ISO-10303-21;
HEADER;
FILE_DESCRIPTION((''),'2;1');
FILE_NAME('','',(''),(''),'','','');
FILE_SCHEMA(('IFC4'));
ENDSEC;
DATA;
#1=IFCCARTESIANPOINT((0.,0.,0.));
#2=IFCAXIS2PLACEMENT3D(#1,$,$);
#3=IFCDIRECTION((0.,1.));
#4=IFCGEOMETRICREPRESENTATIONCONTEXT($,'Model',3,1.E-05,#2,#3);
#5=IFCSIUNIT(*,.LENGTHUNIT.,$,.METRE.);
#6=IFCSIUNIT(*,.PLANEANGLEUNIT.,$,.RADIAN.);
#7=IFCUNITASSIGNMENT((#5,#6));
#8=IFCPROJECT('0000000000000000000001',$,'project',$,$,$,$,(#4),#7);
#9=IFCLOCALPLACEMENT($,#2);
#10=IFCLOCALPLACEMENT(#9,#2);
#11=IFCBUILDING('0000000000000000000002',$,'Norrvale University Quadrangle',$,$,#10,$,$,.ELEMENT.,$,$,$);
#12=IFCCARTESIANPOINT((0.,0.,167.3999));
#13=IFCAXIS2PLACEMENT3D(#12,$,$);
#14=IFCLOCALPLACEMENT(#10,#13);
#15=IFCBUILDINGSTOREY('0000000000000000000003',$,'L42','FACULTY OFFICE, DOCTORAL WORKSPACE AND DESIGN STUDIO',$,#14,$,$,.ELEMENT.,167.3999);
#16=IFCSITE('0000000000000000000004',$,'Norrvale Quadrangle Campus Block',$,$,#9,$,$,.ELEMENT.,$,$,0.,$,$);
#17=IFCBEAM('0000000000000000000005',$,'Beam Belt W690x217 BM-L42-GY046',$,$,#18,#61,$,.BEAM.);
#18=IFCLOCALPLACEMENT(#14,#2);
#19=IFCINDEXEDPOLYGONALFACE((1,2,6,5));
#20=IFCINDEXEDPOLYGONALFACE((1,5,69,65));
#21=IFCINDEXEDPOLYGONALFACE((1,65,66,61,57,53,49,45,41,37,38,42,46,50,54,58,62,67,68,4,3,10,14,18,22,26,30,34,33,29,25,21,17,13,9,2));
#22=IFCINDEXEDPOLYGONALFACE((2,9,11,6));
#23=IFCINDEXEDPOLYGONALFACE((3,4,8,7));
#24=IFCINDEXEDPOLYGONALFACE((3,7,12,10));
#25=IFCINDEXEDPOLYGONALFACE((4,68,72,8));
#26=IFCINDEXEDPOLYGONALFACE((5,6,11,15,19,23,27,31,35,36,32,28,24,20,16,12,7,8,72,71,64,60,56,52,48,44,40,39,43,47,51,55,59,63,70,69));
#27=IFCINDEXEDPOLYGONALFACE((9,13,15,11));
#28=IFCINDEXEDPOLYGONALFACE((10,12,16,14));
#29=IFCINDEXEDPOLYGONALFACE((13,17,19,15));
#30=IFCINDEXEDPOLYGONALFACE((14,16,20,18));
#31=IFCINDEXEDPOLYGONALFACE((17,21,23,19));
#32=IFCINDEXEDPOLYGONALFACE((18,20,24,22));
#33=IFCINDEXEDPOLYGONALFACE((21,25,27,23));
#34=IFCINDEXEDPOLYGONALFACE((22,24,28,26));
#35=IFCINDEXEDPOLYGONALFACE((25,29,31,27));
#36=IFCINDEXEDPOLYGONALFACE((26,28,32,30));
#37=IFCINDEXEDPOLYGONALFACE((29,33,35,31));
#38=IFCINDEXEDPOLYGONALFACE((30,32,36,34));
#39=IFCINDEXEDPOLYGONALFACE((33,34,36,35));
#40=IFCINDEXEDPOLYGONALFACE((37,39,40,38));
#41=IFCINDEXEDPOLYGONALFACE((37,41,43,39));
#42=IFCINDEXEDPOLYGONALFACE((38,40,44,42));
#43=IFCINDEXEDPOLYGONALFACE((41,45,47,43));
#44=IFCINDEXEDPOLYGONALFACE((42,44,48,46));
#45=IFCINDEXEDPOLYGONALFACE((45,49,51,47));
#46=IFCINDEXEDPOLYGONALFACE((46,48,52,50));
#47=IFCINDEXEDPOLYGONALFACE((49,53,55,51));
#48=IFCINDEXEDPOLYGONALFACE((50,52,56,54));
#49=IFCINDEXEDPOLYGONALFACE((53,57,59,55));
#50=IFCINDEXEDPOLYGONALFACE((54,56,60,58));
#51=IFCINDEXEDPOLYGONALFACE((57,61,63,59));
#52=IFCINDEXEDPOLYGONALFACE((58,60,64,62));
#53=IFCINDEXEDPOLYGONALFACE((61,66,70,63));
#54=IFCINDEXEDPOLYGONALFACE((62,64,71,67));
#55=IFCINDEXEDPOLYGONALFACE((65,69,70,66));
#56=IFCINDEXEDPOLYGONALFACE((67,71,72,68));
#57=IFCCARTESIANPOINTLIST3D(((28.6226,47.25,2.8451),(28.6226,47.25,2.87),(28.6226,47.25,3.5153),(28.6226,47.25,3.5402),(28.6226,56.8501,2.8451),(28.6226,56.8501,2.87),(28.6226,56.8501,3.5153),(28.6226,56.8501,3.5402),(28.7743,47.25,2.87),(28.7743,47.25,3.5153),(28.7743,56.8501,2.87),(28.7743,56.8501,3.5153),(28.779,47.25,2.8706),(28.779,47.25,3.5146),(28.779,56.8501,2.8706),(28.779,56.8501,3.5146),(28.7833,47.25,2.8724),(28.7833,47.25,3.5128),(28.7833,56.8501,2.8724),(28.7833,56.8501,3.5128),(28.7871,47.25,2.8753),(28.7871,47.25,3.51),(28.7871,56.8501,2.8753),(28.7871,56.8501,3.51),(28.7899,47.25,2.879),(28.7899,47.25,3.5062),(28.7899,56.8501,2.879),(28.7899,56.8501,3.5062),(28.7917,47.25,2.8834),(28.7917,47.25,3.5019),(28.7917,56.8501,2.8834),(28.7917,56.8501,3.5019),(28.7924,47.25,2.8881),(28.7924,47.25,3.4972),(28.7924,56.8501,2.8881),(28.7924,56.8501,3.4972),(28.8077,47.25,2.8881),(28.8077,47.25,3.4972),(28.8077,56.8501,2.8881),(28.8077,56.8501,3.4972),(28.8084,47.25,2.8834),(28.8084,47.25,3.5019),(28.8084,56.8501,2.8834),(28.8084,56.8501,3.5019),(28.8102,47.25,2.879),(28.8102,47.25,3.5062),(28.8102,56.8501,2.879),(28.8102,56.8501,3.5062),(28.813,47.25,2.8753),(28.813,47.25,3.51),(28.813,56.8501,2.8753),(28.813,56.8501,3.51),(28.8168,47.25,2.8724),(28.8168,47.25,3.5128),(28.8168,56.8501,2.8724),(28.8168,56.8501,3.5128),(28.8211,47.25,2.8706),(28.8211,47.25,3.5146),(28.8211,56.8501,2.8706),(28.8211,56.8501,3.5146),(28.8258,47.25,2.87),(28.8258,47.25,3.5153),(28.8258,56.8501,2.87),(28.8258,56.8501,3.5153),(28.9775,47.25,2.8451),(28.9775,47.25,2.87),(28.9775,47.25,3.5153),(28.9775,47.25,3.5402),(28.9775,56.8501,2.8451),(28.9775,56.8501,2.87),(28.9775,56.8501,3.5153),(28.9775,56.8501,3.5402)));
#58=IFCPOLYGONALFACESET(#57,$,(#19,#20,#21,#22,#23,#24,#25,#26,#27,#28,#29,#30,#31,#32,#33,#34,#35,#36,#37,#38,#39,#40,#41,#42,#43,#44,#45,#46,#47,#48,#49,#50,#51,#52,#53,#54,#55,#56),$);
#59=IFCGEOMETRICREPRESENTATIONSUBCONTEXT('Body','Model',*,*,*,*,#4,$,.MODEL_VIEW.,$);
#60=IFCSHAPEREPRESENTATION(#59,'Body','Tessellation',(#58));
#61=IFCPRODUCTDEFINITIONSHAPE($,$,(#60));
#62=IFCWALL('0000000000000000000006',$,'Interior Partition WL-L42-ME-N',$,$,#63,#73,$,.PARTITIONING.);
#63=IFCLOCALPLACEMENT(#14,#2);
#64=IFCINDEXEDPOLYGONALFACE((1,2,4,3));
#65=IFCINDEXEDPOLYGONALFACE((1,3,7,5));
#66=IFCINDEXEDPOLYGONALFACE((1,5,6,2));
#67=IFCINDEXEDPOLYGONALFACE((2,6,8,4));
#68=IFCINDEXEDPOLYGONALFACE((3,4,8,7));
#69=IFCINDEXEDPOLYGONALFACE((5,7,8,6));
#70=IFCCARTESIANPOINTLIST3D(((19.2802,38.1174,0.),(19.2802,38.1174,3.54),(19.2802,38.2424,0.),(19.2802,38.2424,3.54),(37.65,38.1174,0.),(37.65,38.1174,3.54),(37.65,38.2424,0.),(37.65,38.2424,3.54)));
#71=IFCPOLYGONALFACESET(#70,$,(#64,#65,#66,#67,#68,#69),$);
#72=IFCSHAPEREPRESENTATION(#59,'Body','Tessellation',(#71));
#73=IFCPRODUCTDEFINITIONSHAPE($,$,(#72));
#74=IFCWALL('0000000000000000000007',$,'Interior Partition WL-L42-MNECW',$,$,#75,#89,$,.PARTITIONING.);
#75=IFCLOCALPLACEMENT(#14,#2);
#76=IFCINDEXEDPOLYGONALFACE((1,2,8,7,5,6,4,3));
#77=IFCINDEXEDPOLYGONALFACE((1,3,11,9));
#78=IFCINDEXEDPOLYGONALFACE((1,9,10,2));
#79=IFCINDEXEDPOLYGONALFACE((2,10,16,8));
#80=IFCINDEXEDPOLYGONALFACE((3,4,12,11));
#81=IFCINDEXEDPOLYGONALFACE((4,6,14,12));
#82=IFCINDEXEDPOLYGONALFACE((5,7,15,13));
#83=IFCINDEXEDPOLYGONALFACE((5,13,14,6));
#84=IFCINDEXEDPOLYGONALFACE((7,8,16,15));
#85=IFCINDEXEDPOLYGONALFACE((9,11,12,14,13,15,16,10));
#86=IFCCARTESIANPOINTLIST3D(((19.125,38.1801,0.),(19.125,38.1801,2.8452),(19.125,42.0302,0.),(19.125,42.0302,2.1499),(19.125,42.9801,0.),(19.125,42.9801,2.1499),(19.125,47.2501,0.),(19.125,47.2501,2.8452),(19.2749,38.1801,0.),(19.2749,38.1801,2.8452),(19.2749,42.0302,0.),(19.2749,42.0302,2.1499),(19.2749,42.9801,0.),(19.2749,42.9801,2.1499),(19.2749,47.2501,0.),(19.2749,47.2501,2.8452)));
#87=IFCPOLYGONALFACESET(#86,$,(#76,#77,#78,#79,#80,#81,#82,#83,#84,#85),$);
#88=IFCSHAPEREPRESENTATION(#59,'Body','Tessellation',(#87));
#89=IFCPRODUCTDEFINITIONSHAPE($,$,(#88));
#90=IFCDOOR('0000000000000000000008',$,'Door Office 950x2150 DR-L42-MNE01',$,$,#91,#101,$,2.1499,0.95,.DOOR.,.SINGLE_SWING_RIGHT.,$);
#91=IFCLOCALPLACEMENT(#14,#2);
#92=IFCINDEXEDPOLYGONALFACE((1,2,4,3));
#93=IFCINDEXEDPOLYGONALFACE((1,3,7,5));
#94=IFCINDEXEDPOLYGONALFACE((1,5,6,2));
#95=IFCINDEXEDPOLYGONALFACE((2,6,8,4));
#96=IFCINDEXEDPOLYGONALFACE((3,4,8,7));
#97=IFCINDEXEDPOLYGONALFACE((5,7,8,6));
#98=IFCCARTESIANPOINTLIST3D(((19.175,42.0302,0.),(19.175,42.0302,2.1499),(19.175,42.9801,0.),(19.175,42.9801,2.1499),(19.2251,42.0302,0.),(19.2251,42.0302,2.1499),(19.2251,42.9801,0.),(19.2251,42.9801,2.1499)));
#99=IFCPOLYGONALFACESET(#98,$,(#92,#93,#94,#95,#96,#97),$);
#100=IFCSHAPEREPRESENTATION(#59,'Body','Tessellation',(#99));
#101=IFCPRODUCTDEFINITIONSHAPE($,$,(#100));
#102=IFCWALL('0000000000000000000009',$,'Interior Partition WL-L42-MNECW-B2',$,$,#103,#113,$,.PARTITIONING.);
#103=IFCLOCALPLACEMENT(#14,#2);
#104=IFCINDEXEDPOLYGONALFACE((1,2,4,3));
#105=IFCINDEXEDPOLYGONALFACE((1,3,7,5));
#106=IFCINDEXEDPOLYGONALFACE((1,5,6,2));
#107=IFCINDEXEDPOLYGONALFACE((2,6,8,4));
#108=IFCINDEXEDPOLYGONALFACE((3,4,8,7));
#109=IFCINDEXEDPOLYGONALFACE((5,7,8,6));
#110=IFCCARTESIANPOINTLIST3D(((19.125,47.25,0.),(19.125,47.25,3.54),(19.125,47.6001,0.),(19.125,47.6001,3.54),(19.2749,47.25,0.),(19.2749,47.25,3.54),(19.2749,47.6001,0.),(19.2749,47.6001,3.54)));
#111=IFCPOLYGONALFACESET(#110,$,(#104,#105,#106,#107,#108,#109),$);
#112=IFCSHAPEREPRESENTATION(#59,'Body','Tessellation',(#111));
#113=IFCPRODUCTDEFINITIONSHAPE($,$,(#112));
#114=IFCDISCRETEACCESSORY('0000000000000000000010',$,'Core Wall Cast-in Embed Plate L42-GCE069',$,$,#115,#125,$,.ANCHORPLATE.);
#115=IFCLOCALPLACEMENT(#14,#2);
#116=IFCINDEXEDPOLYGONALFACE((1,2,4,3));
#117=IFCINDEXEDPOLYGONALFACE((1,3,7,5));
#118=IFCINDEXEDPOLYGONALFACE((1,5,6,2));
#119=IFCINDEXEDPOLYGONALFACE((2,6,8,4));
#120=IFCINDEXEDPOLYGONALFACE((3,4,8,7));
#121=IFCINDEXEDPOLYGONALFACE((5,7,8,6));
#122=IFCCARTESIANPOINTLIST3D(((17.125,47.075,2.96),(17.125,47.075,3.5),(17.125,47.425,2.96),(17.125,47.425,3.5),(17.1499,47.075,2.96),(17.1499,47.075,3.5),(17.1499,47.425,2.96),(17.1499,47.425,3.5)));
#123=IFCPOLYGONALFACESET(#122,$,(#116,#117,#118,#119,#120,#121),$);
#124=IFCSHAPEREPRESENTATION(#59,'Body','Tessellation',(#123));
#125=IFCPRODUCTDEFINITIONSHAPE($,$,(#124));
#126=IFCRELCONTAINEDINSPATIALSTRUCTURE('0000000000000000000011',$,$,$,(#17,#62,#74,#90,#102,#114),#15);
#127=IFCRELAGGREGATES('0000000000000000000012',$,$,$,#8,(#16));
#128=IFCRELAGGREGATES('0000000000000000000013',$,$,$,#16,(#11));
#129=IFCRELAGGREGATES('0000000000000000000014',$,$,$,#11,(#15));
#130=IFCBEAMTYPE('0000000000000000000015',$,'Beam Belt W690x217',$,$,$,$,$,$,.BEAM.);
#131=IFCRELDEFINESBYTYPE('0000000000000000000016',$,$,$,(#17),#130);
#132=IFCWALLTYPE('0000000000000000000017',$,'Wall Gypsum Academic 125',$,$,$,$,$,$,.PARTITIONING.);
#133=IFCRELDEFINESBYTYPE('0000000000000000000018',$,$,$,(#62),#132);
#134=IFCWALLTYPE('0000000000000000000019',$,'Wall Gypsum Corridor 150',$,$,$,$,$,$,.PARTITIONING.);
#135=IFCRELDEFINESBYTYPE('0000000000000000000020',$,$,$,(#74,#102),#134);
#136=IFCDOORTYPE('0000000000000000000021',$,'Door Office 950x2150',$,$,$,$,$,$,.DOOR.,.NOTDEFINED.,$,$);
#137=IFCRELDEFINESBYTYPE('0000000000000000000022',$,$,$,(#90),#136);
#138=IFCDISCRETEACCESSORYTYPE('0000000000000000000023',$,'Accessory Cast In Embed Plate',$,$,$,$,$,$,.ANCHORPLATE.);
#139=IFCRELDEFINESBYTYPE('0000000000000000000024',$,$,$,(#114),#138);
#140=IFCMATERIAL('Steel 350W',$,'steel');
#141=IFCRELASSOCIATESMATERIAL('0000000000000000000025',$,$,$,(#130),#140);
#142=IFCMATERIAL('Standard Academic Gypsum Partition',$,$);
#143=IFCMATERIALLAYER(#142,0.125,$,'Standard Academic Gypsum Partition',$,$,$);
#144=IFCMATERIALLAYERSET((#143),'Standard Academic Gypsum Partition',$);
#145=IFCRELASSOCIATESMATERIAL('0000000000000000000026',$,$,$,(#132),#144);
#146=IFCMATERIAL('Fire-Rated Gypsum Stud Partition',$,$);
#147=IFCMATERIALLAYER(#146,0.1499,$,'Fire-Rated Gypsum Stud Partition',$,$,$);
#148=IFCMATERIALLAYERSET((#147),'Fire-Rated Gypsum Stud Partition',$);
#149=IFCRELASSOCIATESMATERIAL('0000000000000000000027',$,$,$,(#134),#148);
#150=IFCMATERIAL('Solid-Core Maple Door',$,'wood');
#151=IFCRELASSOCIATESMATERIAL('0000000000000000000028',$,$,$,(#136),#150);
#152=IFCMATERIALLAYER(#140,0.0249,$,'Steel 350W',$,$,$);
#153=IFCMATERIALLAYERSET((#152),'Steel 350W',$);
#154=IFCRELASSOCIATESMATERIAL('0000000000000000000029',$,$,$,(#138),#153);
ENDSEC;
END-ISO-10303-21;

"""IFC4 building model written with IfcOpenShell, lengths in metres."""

from ifc_helpers import new_model, si_unit, direction, frame, frame_2d, origin, origin_2d, place, context, subcontext, project, spatial, rectangle, i_section, extrude, material, layer, layer_set, material_profile, profile_set, type_object, element, fill, save


model = new_model("IFC4")

# Units and contexts
model_context = context("Model", 3, precision=1e-05, world=origin(), true_north=direction((0.0, 1.0)))
body_context = subcontext(model_context, "Body", "Model", "MODEL_VIEW")
ifc_project = project(units=[si_unit("LENGTHUNIT", "METRE"), si_unit("PLANEANGLEUNIT", "RADIAN")], contexts=[model_context])

# Site, building, storey
site_placement = place(None, origin())
site = spatial("IfcSite", under=ifc_project, at=site_placement, Name="Norrvale Quadrangle Campus Block", CompositionType="ELEMENT", RefElevation=0.0)
building_placement = place(site_placement, origin())
building = spatial("IfcBuilding", under=site, at=building_placement, Name="Norrvale University Quadrangle", CompositionType="ELEMENT")
storey_placement = place(building_placement, frame((0.0, 0.0, 167.3999)))
storey = spatial("IfcBuildingStorey", under=building, at=storey_placement, Name="L42", Description="FACULTY OFFICE, DOCTORAL WORKSPACE AND DESIGN STUDIO", CompositionType="ELEMENT", Elevation=167.3999)

# Beam
ifc_material_1 = material(Name="Steel 350W", Category="steel")
ifc_material_profile_1 = material_profile(ifc_material_1, i_section(OverallWidth=0.355, OverallDepth=0.6951, WebThickness=0.0154, FlangeThickness=0.0249, FilletRadius=0.0181, at=origin_2d()), Name="Steel 350W")
ifc_profile_set_1 = profile_set([ifc_material_profile_1], Name="Steel 350W")
beam_type = type_object("IfcBeamType", Name="Beam Belt W690x217", PredefinedType="BEAM", material=ifc_profile_set_1)
for number, where, z_axis, x_axis, name in (
    (1, (28.8, 47.25, 3.1926), (0.0, 1.0, 0.0), (-1.0, 0.0, 0.0), "Beam Belt W690x217 BM-L42-GY046"),
):
    element("IfcBeam", number, at=place(storey_placement, frame(where, z_axis=z_axis, x_axis=x_axis)), inside=storey, type_object=beam_type, Name=name, PredefinedType="BEAM", context=body_context, shape_type="SweptSolid", body=[
        extrude(i_section(OverallWidth=0.355, OverallDepth=0.6951, WebThickness=0.0154, FlangeThickness=0.0249, FilletRadius=0.0181, at=origin_2d()), origin(), (0.0, 0.0, 1.0), 9.6001),
    ])

# Wall
ifc_material_2 = material(Name="Standard Academic Gypsum Partition")
ifc_layer_1 = layer(ifc_material_2, 0.125, Name="Standard Academic Gypsum Partition")
ifc_layer_set_1 = layer_set([ifc_layer_1], Name="Standard Academic Gypsum Partition")
wall_type_1 = type_object("IfcWallType", Name="Wall Gypsum Academic 125", PredefinedType="PARTITIONING", material=ifc_layer_set_1)
wall_1_placement = place(storey_placement, frame((19.28, 38.1799, 0.0), z_axis=(0.0, 0.0, 1.0), x_axis=(1.0, 0.0, 0.0)))
element("IfcWall", 2, at=wall_1_placement, inside=storey, type_object=wall_type_1, Name="Interior Partition WL-L42-ME-N", PredefinedType="PARTITIONING", context=body_context, shape_type="SweptSolid", body=[
    extrude(rectangle(XDim=18.3699, YDim=0.125, at=frame_2d((9.1851, 0.0))), origin(), (0.0, 0.0, 1.0), 3.54),
])

# Wall, opening, door
ifc_material_3 = material(Name="Fire-Rated Gypsum Stud Partition")
ifc_layer_2 = layer(ifc_material_3, 0.1499, Name="Fire-Rated Gypsum Stud Partition")
ifc_layer_set_2 = layer_set([ifc_layer_2], Name="Fire-Rated Gypsum Stud Partition")
wall_type_2 = type_object("IfcWallType", Name="Wall Gypsum Corridor 150", PredefinedType="PARTITIONING", material=ifc_layer_set_2)
wall_2_placement = place(storey_placement, frame((19.2, 38.1799, 0.0), z_axis=(0.0, 0.0, 1.0), x_axis=(0.0, 1.0, 0.0)))
wall_2 = element("IfcWall", 3, at=wall_2_placement, inside=storey, type_object=wall_type_2, Name="Interior Partition WL-L42-MNECW", PredefinedType="PARTITIONING", context=body_context, shape_type="SweptSolid", body=[
    extrude(rectangle(XDim=9.0701, YDim=0.1499, at=frame_2d((4.5352, 0.0))), origin(), (0.0, 0.0, 1.0), 2.8452),
])
opening_placement = place(wall_2_placement, frame((3.8501, 0.0, 0.0)))
opening = element("IfcOpeningElement", 4, at=opening_placement, cuts=wall_2, PredefinedType="OPENING", context=body_context, shape_type="SweptSolid", body=[
    extrude(rectangle(XDim=0.95, YDim=2.1499, at=frame_2d((0.4751, 1.075))), frame((0.0, 0.0869, 0.0), z_axis=(0.0, -1.0, 0.0), x_axis=(1.0, 0.0, 0.0)), (0.0, 0.0, 1.0), 0.1738),
])
ifc_material_4 = material(Name="Solid-Core Maple Door", Category="wood")
door_type = type_object("IfcDoorType", Name="Door Office 950x2150", OperationType="NOTDEFINED", PredefinedType="DOOR", material=ifc_material_4)
door_placement = place(opening_placement, origin())
door = element("IfcDoor", 5, at=door_placement, inside=storey, type_object=door_type, Name="Door Office 950x2150 DR-L42-MNE01", OperationType="SINGLE_SWING_RIGHT", OverallHeight=2.1499, OverallWidth=0.95, PredefinedType="DOOR", context=body_context, shape_type="SweptSolid", body=[
    extrude(rectangle(XDim=0.95, YDim=2.1499, at=frame_2d((0.4751, 1.075))), frame((0.0, 0.0249, 0.0), z_axis=(0.0, -1.0, 0.0), x_axis=(1.0, 0.0, 0.0)), (0.0, 0.0, 1.0), 0.05),
])
fill(opening, door)

# Wall
wall_3_placement = place(storey_placement, frame((19.2, 47.25, 0.0), z_axis=(0.0, 0.0, 1.0), x_axis=(0.0, 1.0, 0.0)))
element("IfcWall", 6, at=wall_3_placement, inside=storey, type_object=wall_type_2, Name="Interior Partition WL-L42-MNECW-B2", PredefinedType="PARTITIONING", context=body_context, shape_type="SweptSolid", body=[
    extrude(rectangle(XDim=0.3501, YDim=0.1499, at=frame_2d((0.175, 0.0))), origin(), (0.0, 0.0, 1.0), 3.54),
])

# Discrete accessory
ifc_layer_3 = layer(ifc_material_1, 0.0249, Name="Steel 350W")
ifc_layer_set_3 = layer_set([ifc_layer_3], Name="Steel 350W")
discrete_accessory_type = type_object("IfcDiscreteAccessoryType", Name="Accessory Cast In Embed Plate", PredefinedType="ANCHORPLATE", material=ifc_layer_set_3)
discrete_accessory_placement = place(storey_placement, frame((17.1375, 47.25, 2.96), z_axis=(0.0, 0.0, 1.0), x_axis=(1.0, 0.0, 0.0)))
element("IfcDiscreteAccessory", 7, at=discrete_accessory_placement, inside=storey, type_object=discrete_accessory_type, Name="Core Wall Cast-in Embed Plate L42-GCE069", PredefinedType="ANCHORPLATE", context=body_context, shape_type="SweptSolid", body=[
    extrude(rectangle(XDim=0.0249, YDim=0.3501, at=origin_2d()), origin(), (0.0, 0.0, 1.0), 0.54),
])

save(model, "model.ifc")
